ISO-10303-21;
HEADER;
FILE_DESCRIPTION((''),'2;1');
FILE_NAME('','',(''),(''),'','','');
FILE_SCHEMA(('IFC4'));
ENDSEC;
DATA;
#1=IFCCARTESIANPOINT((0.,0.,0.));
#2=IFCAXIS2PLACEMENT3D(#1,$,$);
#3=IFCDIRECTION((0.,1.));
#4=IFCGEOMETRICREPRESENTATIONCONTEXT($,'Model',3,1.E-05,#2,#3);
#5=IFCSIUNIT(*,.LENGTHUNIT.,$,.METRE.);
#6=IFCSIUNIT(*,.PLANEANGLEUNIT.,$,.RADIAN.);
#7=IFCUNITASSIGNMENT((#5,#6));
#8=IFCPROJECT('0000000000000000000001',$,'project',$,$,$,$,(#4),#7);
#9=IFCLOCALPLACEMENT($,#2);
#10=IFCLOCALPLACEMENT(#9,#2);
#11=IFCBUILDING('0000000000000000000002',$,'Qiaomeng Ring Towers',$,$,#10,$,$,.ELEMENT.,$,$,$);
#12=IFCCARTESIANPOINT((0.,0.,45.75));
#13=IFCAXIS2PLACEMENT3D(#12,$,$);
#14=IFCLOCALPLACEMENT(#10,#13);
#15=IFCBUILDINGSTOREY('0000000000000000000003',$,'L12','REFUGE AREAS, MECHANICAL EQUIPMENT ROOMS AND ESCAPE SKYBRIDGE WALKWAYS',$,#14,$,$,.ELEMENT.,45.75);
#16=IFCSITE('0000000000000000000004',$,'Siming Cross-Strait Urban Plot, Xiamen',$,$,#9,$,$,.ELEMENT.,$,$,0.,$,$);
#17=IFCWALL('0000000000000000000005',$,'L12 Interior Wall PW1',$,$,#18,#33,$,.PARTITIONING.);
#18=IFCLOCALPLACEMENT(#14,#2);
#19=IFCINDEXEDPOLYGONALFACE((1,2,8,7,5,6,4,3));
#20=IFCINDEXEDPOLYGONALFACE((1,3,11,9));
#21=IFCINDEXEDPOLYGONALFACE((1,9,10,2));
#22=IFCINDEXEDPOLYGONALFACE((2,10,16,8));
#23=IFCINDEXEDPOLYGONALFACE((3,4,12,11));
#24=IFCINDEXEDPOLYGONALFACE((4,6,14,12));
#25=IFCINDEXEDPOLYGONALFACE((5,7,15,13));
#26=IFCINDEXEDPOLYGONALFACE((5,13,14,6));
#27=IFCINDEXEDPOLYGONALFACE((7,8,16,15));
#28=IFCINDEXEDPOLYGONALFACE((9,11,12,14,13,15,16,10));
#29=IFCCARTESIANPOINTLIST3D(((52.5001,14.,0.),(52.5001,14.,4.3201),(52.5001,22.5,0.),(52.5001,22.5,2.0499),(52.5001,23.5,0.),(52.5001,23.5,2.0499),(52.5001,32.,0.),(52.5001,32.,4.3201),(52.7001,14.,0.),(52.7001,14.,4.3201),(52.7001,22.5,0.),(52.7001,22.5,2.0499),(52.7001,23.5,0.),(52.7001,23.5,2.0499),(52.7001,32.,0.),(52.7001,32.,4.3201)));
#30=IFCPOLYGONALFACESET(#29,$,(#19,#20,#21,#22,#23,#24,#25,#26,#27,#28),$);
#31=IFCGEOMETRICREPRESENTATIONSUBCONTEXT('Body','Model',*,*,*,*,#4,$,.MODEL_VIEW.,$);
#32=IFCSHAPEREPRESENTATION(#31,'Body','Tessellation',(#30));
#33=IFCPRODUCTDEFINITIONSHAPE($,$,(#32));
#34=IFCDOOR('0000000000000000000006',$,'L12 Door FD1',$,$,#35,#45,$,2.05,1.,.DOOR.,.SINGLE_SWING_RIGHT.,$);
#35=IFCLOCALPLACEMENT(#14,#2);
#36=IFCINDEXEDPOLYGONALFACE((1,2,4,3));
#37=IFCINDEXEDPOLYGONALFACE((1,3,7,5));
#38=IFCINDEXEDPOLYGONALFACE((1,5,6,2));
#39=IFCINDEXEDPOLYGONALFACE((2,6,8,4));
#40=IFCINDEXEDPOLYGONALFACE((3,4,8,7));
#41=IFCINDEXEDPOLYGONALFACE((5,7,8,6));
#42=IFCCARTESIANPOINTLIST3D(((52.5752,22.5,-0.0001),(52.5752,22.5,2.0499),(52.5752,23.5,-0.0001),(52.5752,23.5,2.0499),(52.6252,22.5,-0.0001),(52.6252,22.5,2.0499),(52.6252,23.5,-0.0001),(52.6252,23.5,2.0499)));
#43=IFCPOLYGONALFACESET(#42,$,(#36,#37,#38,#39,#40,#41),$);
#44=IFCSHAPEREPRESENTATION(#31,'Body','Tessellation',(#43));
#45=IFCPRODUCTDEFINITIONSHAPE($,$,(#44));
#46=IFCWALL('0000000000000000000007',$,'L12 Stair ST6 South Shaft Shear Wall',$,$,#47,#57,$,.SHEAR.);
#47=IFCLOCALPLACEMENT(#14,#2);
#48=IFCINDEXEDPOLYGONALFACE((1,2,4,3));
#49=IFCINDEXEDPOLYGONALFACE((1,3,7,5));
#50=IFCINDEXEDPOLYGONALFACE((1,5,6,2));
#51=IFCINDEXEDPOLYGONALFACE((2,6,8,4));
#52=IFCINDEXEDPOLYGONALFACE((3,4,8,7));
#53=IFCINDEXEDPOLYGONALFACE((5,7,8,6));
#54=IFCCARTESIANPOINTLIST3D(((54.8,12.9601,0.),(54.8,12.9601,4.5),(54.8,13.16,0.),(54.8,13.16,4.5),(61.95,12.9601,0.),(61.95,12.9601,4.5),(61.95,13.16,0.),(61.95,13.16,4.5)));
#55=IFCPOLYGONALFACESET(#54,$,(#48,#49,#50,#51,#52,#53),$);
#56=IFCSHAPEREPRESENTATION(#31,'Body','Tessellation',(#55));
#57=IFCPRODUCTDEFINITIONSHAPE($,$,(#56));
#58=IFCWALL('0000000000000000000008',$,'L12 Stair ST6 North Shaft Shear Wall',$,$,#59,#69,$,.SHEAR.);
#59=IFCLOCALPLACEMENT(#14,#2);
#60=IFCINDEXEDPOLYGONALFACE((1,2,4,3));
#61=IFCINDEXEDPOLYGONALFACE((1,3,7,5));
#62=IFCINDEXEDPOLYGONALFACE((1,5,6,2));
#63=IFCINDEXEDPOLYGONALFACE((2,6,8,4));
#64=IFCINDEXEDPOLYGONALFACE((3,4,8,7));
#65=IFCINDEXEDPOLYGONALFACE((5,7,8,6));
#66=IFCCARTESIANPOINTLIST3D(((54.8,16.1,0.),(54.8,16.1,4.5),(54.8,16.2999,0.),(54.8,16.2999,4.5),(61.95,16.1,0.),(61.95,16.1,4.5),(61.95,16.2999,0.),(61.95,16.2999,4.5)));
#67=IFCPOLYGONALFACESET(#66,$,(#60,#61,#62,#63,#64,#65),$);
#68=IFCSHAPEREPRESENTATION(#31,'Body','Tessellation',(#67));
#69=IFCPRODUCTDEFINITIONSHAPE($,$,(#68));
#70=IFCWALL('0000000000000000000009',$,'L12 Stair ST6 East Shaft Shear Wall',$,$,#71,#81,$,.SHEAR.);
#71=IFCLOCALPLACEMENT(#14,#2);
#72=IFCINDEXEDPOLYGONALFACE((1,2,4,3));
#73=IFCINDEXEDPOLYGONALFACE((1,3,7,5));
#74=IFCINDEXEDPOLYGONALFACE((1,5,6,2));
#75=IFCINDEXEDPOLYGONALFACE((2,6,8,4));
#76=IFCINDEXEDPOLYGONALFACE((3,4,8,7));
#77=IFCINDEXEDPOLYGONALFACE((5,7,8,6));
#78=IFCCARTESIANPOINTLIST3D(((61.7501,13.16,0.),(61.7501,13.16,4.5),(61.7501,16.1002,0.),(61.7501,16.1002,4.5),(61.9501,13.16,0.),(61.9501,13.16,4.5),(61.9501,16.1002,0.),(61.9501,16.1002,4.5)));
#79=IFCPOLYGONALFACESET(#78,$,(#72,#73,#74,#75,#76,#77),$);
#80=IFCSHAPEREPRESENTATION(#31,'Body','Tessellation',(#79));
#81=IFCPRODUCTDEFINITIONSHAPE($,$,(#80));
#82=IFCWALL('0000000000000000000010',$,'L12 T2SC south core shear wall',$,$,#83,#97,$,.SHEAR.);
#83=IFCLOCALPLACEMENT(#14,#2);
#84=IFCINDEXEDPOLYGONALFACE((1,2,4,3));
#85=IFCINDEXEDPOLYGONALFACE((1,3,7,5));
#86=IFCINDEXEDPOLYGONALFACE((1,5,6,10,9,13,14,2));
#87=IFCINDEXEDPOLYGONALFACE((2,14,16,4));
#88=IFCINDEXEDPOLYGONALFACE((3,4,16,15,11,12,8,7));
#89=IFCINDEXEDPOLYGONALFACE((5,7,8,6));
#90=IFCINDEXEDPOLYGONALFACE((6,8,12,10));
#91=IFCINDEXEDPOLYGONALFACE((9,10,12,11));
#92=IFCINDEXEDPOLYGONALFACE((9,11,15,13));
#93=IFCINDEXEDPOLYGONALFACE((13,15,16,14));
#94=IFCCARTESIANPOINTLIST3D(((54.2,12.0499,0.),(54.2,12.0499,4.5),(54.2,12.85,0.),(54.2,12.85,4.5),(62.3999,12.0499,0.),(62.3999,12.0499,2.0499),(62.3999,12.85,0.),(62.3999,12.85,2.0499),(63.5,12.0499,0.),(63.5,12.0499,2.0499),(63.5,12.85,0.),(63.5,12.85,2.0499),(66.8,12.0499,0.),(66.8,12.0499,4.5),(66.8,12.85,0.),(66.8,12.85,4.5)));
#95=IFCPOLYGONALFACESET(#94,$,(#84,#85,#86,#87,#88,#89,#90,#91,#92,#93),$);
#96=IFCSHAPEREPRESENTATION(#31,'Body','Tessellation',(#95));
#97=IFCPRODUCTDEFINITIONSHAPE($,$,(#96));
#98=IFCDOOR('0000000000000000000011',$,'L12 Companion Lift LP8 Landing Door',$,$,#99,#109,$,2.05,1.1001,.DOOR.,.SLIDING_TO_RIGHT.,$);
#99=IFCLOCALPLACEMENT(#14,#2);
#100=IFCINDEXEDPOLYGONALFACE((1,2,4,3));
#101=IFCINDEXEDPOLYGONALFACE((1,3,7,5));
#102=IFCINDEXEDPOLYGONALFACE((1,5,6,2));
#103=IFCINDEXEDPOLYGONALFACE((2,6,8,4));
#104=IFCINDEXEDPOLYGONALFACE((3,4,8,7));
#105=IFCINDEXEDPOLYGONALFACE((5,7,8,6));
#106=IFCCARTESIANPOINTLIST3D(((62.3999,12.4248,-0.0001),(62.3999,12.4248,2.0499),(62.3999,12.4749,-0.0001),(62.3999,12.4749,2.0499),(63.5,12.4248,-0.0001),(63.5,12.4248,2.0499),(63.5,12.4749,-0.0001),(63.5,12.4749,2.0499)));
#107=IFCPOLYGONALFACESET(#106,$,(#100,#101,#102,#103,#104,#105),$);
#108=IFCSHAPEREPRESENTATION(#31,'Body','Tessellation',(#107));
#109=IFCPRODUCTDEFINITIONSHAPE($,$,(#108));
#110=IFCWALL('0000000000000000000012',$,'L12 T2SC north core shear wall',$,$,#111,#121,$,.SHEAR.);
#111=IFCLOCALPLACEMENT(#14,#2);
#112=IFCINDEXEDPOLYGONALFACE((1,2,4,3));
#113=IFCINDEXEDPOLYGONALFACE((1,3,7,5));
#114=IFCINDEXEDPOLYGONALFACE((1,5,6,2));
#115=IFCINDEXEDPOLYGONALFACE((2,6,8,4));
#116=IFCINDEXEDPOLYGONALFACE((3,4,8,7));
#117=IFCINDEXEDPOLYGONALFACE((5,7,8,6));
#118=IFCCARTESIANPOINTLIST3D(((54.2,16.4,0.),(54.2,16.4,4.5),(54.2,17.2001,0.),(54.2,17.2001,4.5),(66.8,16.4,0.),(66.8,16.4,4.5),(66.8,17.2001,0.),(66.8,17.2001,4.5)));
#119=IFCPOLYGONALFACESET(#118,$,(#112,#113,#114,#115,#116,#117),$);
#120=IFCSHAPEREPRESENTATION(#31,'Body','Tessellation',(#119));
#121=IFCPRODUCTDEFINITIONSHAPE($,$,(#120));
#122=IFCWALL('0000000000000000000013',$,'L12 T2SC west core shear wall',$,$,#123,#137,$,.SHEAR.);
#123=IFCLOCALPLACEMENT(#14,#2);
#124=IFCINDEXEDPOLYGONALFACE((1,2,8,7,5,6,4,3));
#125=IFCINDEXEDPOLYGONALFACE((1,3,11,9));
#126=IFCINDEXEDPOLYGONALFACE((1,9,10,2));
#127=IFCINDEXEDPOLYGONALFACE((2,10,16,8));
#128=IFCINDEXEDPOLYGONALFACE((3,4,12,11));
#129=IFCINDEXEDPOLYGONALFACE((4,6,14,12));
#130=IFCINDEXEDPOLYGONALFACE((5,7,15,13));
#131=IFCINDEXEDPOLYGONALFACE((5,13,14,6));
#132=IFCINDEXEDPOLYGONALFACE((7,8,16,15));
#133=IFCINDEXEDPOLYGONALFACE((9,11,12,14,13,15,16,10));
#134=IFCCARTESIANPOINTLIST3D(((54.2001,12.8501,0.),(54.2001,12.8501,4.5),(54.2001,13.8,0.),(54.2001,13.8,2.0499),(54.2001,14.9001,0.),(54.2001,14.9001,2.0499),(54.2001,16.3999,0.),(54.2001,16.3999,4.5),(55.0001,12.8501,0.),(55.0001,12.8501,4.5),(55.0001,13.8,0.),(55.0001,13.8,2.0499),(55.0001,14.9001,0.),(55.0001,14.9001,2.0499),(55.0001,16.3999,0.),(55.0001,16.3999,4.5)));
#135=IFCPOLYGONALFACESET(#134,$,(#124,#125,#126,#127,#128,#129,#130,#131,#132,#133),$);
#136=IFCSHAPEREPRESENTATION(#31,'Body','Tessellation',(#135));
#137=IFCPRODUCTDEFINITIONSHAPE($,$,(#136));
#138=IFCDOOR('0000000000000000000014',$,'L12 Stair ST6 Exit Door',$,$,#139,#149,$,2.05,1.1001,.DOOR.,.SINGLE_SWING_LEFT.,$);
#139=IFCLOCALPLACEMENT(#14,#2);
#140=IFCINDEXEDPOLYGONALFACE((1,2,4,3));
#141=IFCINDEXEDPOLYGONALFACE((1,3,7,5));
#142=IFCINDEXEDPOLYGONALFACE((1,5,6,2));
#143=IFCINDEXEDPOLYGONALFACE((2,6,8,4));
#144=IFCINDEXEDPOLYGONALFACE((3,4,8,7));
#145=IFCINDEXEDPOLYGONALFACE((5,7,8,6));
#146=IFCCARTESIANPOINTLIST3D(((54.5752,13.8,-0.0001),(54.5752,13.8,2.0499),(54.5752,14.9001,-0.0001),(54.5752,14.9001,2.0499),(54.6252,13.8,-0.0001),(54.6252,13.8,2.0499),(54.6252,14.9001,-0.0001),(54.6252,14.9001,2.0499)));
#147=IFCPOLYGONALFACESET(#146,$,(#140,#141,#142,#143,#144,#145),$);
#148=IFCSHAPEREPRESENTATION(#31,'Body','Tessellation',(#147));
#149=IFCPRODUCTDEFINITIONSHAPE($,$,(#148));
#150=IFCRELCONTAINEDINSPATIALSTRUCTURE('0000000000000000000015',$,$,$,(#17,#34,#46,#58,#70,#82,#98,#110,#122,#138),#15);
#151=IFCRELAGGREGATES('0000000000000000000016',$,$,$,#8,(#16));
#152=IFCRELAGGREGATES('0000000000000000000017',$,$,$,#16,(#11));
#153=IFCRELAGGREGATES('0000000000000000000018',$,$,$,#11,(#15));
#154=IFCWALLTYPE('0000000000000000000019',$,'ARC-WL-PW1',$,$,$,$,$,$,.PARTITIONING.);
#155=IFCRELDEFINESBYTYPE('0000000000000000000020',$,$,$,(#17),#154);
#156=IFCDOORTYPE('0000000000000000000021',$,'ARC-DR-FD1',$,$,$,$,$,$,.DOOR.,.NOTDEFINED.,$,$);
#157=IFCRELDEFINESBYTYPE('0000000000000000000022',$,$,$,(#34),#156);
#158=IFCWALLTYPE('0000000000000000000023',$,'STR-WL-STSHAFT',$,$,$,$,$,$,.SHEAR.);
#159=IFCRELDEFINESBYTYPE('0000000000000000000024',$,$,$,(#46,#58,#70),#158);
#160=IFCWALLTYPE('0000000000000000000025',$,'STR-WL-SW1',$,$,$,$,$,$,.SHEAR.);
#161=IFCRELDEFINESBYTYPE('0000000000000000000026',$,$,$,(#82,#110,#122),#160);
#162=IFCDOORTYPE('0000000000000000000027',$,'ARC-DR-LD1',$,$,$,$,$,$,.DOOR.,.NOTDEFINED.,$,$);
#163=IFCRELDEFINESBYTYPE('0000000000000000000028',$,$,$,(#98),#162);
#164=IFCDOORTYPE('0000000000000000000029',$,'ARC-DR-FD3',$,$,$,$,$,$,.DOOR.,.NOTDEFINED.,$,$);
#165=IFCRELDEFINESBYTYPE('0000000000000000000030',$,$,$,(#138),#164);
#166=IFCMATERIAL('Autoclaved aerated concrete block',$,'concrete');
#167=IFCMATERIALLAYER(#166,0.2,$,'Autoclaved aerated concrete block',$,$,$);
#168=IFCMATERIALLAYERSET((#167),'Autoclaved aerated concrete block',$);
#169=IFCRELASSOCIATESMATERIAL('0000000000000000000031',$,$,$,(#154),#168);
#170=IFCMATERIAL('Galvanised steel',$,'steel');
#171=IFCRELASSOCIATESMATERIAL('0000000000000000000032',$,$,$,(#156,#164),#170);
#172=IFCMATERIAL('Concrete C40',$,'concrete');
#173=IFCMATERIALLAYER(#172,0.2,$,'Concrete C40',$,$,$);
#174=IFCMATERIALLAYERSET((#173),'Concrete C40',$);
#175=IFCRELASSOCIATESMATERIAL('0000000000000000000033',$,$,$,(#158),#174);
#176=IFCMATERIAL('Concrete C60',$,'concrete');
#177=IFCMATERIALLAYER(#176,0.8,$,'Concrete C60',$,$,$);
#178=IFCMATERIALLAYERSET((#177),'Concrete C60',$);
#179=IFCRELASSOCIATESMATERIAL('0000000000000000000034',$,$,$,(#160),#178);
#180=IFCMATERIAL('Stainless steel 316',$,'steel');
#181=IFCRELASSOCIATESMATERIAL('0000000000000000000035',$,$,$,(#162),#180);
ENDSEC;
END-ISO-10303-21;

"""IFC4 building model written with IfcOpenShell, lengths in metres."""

from ifc_helpers import new_model, si_unit, direction, frame, frame_2d, origin, place, context, subcontext, project, spatial, rectangle, extrude, source, transform, mapped, material, layer, layer_set, type_object, element, fill, save


model = new_model("IFC4")

# Units and contexts
model_context = context("Model", 3, precision=1e-05, world=origin(), true_north=direction((0.0, 1.0)))
body_context = subcontext(model_context, "Body", "Model", "MODEL_VIEW")
ifc_project = project(units=[si_unit("LENGTHUNIT", "METRE"), si_unit("PLANEANGLEUNIT", "RADIAN")], contexts=[model_context])

# Site, building, storey
site_placement = place(None, origin())
site = spatial("IfcSite", under=ifc_project, at=site_placement, Name="Siming Cross-Strait Urban Plot, Xiamen", CompositionType="ELEMENT", RefElevation=0.0)
building_placement = place(site_placement, origin())
building = spatial("IfcBuilding", under=site, at=building_placement, Name="Qiaomeng Ring Towers", CompositionType="ELEMENT")
storey_placement = place(building_placement, frame((0.0, 0.0, 45.75)))
storey = spatial("IfcBuildingStorey", under=building, at=storey_placement, Name="L12", Description="REFUGE AREAS, MECHANICAL EQUIPMENT ROOMS AND ESCAPE SKYBRIDGE WALKWAYS", CompositionType="ELEMENT", Elevation=45.75)

# Shared definitions
ifc_material_1 = material(Name="Concrete C60", Category="concrete")

# Wall, opening, door
ifc_material_2 = material(Name="Autoclaved aerated concrete block", Category="concrete")
ifc_layer_1 = layer(ifc_material_2, 0.2, Name="Autoclaved aerated concrete block")
ifc_layer_set_1 = layer_set([ifc_layer_1], Name="Autoclaved aerated concrete block")
wall_type_1 = type_object("IfcWallType", Name="ARC-WL-PW1", PredefinedType="PARTITIONING", material=ifc_layer_set_1)
wall_1_placement = place(storey_placement, frame((52.6001, 14.0, 0.0), z_axis=(0.0, 0.0, 1.0), x_axis=(0.0, 1.0, 0.0)))
wall_1 = element("IfcWall", 1, at=wall_1_placement, inside=storey, type_object=wall_type_1, Name="L12 Interior Wall PW1", PredefinedType="PARTITIONING", context=body_context, shape_type="SweptSolid", body=[
    extrude(rectangle(XDim=18.0, YDim=0.2, at=frame_2d((9.0, 0.0))), origin(), (0.0, 0.0, 1.0), 4.3201),
])
opening_1_placement = place(wall_1_placement, frame((8.5, 0.0, 0.0)))
opening_1 = element("IfcOpeningElement", 2, at=opening_1_placement, cuts=wall_1, PredefinedType="OPENING", context=body_context, shape_type="SweptSolid", body=[
    extrude(rectangle(XDim=1.0, YDim=2.05, at=frame_2d((0.5, 1.0249))), frame((0.0, 0.1099, 0.0), z_axis=(0.0, -1.0, 0.0), x_axis=(1.0, 0.0, 0.0)), (0.0, 0.0, 1.0), 0.22),
])
ifc_material_3 = material(Name="Galvanised steel", Category="steel")
door_type_1 = type_object("IfcDoorType", Name="ARC-DR-FD1", OperationType="NOTDEFINED", PredefinedType="DOOR", material=ifc_material_3)
shared_shape_1 = source(origin(), body_context, "Body", "SweptSolid", [
    extrude(rectangle(XDim=1.0, YDim=2.05, at=frame_2d((0.5, 1.0249))), frame((0.0, 0.0249, 0.0), z_axis=(0.0, -1.0, 0.0), x_axis=(1.0, 0.0, 0.0)), (0.0, 0.0, 1.0), 0.05),
])
door_1_placement = place(opening_1_placement, origin())
door_1 = element("IfcDoor", 3, at=door_1_placement, inside=storey, type_object=door_type_1, Name="L12 Door FD1", OperationType="SINGLE_SWING_RIGHT", OverallHeight=2.05, OverallWidth=1.0, PredefinedType="DOOR", context=body_context, shape_type="MappedRepresentation", body=[
    mapped(shared_shape_1, transform((0.0, 0.0, 0.0), x_axis=(1.0, 0.0, 0.0), y_axis=(0.0, 1.0, 0.0), z_axis=(0.0, 0.0, 1.0), scale=1.0)),
])
fill(opening_1, door_1)

# Walls
ifc_material_4 = material(Name="Concrete C40", Category="concrete")
ifc_layer_2 = layer(ifc_material_4, 0.2, Name="Concrete C40")
ifc_layer_set_2 = layer_set([ifc_layer_2], Name="Concrete C40")
wall_type_2 = type_object("IfcWallType", Name="STR-WL-STSHAFT", PredefinedType="SHEAR", material=ifc_layer_set_2)
for number, where, z_axis, x_axis, name in (
    (4, (54.8, 13.0601, 0.0), (0.0, 0.0, 1.0), (1.0, 0.0, 0.0), "L12 Stair ST6 South Shaft Shear Wall"),
    (5, (54.8, 16.2, 0.0), (0.0, 0.0, 1.0), (1.0, 0.0, 0.0), "L12 Stair ST6 North Shaft Shear Wall"),
):
    element("IfcWall", number, at=place(storey_placement, frame(where, z_axis=z_axis, x_axis=x_axis)), inside=storey, type_object=wall_type_2, Name=name, PredefinedType="SHEAR", context=body_context, shape_type="SweptSolid", body=[
        extrude(rectangle(XDim=7.1499, YDim=0.2, at=frame_2d((3.575, 0.0))), origin(), (0.0, 0.0, 1.0), 4.5),
    ])
wall_2_placement = place(storey_placement, frame((61.8501, 13.1599, 0.0), z_axis=(0.0, 0.0, 1.0), x_axis=(0.0, 1.0, 0.0)))
element("IfcWall", 6, at=wall_2_placement, inside=storey, type_object=wall_type_2, Name="L12 Stair ST6 East Shaft Shear Wall", PredefinedType="SHEAR", context=body_context, shape_type="SweptSolid", body=[
    extrude(rectangle(XDim=2.9402, YDim=0.2, at=frame_2d((1.4702, 0.0))), origin(), (0.0, 0.0, 1.0), 4.5),
])

# Wall, opening, door
ifc_layer_3 = layer(ifc_material_1, 0.8, Name="Concrete C60")
ifc_layer_set_3 = layer_set([ifc_layer_3], Name="Concrete C60")
wall_type_3 = type_object("IfcWallType", Name="STR-WL-SW1", PredefinedType="SHEAR", material=ifc_layer_set_3)
wall_3_placement = place(storey_placement, frame((54.2, 12.45, 0.0), z_axis=(0.0, 0.0, 1.0), x_axis=(1.0, 0.0, 0.0)))
wall_3 = element("IfcWall", 7, at=wall_3_placement, inside=storey, type_object=wall_type_3, Name="L12 T2SC south core shear wall", PredefinedType="SHEAR", context=body_context, shape_type="SweptSolid", body=[
    extrude(rectangle(XDim=12.6001, YDim=0.8, at=frame_2d((6.3, 0.0))), origin(), (0.0, 0.0, 1.0), 4.5),
])
opening_2_placement = place(wall_3_placement, frame((8.2, 0.0, 0.0)))
opening_2 = element("IfcOpeningElement", 8, at=opening_2_placement, cuts=wall_3, PredefinedType="OPENING", context=body_context, shape_type="SweptSolid", body=[
    extrude(rectangle(XDim=1.1001, YDim=2.05, at=frame_2d((0.55, 1.0249))), frame((0.0, 0.4099, 0.0), z_axis=(0.0, -1.0, 0.0), x_axis=(1.0, 0.0, 0.0)), (0.0, 0.0, 1.0), 0.8201),
])
ifc_material_5 = material(Name="Stainless steel 316", Category="steel")
door_type_2 = type_object("IfcDoorType", Name="ARC-DR-LD1", OperationType="NOTDEFINED", PredefinedType="DOOR", material=ifc_material_5)
shared_shape_2 = source(origin(), body_context, "Body", "SweptSolid", [
    extrude(rectangle(XDim=1.1001, YDim=2.05, at=frame_2d((0.55, 1.0249))), frame((0.0, 0.0249, 0.0), z_axis=(0.0, -1.0, 0.0), x_axis=(1.0, 0.0, 0.0)), (0.0, 0.0, 1.0), 0.05),
])
door_2_placement = place(opening_2_placement, origin())
door_2 = element("IfcDoor", 9, at=door_2_placement, inside=storey, type_object=door_type_2, Name="L12 Companion Lift LP8 Landing Door", OperationType="SLIDING_TO_RIGHT", OverallHeight=2.05, OverallWidth=1.1001, PredefinedType="DOOR", context=body_context, shape_type="MappedRepresentation", body=[
    mapped(shared_shape_2, transform((0.0, 0.0, 0.0), x_axis=(1.0, 0.0, 0.0), y_axis=(0.0, 1.0, 0.0), z_axis=(0.0, 0.0, 1.0), scale=1.0)),
])
fill(opening_2, door_2)

# Wall
wall_4_placement = place(storey_placement, frame((54.2, 16.8, 0.0), z_axis=(0.0, 0.0, 1.0), x_axis=(1.0, 0.0, 0.0)))
element("IfcWall", 10, at=wall_4_placement, inside=storey, type_object=wall_type_3, Name="L12 T2SC north core shear wall", PredefinedType="SHEAR", context=body_context, shape_type="SweptSolid", body=[
    extrude(rectangle(XDim=12.6001, YDim=0.8, at=frame_2d((6.3, 0.0))), origin(), (0.0, 0.0, 1.0), 4.5),
])

# Wall, opening, door
wall_5_placement = place(storey_placement, frame((54.6001, 12.8501, 0.0), z_axis=(0.0, 0.0, 1.0), x_axis=(0.0, 1.0, 0.0)))
wall_5 = element("IfcWall", 11, at=wall_5_placement, inside=storey, type_object=wall_type_3, Name="L12 T2SC west core shear wall", PredefinedType="SHEAR", context=body_context, shape_type="SweptSolid", body=[
    extrude(rectangle(XDim=3.5498, YDim=0.8, at=frame_2d((1.7749, 0.0))), origin(), (0.0, 0.0, 1.0), 4.5),
])
opening_3_placement = place(wall_5_placement, frame((0.95, 0.0, 0.0)))
opening_3 = element("IfcOpeningElement", 12, at=opening_3_placement, cuts=wall_5, PredefinedType="OPENING", context=body_context, shape_type="SweptSolid", body=[
    extrude(rectangle(XDim=1.1001, YDim=2.05, at=frame_2d((0.55, 1.0249))), frame((0.0, 0.4099, 0.0), z_axis=(0.0, -1.0, 0.0), x_axis=(1.0, 0.0, 0.0)), (0.0, 0.0, 1.0), 0.8201),
])
door_type_3 = type_object("IfcDoorType", Name="ARC-DR-FD3", OperationType="NOTDEFINED", PredefinedType="DOOR", material=ifc_material_3)
door_3_placement = place(opening_3_placement, origin())
door_3 = element("IfcDoor", 13, at=door_3_placement, inside=storey, type_object=door_type_3, Name="L12 Stair ST6 Exit Door", OperationType="SINGLE_SWING_LEFT", OverallHeight=2.05, OverallWidth=1.1001, PredefinedType="DOOR", context=body_context, shape_type="MappedRepresentation", body=[
    mapped(shared_shape_2, transform((0.0, 0.0, 0.0), x_axis=(1.0, 0.0, 0.0), y_axis=(0.0, 1.0, 0.0), z_axis=(0.0, 0.0, 1.0), scale=1.0)),
])
fill(opening_3, door_3)

save(model, "model.ifc")
